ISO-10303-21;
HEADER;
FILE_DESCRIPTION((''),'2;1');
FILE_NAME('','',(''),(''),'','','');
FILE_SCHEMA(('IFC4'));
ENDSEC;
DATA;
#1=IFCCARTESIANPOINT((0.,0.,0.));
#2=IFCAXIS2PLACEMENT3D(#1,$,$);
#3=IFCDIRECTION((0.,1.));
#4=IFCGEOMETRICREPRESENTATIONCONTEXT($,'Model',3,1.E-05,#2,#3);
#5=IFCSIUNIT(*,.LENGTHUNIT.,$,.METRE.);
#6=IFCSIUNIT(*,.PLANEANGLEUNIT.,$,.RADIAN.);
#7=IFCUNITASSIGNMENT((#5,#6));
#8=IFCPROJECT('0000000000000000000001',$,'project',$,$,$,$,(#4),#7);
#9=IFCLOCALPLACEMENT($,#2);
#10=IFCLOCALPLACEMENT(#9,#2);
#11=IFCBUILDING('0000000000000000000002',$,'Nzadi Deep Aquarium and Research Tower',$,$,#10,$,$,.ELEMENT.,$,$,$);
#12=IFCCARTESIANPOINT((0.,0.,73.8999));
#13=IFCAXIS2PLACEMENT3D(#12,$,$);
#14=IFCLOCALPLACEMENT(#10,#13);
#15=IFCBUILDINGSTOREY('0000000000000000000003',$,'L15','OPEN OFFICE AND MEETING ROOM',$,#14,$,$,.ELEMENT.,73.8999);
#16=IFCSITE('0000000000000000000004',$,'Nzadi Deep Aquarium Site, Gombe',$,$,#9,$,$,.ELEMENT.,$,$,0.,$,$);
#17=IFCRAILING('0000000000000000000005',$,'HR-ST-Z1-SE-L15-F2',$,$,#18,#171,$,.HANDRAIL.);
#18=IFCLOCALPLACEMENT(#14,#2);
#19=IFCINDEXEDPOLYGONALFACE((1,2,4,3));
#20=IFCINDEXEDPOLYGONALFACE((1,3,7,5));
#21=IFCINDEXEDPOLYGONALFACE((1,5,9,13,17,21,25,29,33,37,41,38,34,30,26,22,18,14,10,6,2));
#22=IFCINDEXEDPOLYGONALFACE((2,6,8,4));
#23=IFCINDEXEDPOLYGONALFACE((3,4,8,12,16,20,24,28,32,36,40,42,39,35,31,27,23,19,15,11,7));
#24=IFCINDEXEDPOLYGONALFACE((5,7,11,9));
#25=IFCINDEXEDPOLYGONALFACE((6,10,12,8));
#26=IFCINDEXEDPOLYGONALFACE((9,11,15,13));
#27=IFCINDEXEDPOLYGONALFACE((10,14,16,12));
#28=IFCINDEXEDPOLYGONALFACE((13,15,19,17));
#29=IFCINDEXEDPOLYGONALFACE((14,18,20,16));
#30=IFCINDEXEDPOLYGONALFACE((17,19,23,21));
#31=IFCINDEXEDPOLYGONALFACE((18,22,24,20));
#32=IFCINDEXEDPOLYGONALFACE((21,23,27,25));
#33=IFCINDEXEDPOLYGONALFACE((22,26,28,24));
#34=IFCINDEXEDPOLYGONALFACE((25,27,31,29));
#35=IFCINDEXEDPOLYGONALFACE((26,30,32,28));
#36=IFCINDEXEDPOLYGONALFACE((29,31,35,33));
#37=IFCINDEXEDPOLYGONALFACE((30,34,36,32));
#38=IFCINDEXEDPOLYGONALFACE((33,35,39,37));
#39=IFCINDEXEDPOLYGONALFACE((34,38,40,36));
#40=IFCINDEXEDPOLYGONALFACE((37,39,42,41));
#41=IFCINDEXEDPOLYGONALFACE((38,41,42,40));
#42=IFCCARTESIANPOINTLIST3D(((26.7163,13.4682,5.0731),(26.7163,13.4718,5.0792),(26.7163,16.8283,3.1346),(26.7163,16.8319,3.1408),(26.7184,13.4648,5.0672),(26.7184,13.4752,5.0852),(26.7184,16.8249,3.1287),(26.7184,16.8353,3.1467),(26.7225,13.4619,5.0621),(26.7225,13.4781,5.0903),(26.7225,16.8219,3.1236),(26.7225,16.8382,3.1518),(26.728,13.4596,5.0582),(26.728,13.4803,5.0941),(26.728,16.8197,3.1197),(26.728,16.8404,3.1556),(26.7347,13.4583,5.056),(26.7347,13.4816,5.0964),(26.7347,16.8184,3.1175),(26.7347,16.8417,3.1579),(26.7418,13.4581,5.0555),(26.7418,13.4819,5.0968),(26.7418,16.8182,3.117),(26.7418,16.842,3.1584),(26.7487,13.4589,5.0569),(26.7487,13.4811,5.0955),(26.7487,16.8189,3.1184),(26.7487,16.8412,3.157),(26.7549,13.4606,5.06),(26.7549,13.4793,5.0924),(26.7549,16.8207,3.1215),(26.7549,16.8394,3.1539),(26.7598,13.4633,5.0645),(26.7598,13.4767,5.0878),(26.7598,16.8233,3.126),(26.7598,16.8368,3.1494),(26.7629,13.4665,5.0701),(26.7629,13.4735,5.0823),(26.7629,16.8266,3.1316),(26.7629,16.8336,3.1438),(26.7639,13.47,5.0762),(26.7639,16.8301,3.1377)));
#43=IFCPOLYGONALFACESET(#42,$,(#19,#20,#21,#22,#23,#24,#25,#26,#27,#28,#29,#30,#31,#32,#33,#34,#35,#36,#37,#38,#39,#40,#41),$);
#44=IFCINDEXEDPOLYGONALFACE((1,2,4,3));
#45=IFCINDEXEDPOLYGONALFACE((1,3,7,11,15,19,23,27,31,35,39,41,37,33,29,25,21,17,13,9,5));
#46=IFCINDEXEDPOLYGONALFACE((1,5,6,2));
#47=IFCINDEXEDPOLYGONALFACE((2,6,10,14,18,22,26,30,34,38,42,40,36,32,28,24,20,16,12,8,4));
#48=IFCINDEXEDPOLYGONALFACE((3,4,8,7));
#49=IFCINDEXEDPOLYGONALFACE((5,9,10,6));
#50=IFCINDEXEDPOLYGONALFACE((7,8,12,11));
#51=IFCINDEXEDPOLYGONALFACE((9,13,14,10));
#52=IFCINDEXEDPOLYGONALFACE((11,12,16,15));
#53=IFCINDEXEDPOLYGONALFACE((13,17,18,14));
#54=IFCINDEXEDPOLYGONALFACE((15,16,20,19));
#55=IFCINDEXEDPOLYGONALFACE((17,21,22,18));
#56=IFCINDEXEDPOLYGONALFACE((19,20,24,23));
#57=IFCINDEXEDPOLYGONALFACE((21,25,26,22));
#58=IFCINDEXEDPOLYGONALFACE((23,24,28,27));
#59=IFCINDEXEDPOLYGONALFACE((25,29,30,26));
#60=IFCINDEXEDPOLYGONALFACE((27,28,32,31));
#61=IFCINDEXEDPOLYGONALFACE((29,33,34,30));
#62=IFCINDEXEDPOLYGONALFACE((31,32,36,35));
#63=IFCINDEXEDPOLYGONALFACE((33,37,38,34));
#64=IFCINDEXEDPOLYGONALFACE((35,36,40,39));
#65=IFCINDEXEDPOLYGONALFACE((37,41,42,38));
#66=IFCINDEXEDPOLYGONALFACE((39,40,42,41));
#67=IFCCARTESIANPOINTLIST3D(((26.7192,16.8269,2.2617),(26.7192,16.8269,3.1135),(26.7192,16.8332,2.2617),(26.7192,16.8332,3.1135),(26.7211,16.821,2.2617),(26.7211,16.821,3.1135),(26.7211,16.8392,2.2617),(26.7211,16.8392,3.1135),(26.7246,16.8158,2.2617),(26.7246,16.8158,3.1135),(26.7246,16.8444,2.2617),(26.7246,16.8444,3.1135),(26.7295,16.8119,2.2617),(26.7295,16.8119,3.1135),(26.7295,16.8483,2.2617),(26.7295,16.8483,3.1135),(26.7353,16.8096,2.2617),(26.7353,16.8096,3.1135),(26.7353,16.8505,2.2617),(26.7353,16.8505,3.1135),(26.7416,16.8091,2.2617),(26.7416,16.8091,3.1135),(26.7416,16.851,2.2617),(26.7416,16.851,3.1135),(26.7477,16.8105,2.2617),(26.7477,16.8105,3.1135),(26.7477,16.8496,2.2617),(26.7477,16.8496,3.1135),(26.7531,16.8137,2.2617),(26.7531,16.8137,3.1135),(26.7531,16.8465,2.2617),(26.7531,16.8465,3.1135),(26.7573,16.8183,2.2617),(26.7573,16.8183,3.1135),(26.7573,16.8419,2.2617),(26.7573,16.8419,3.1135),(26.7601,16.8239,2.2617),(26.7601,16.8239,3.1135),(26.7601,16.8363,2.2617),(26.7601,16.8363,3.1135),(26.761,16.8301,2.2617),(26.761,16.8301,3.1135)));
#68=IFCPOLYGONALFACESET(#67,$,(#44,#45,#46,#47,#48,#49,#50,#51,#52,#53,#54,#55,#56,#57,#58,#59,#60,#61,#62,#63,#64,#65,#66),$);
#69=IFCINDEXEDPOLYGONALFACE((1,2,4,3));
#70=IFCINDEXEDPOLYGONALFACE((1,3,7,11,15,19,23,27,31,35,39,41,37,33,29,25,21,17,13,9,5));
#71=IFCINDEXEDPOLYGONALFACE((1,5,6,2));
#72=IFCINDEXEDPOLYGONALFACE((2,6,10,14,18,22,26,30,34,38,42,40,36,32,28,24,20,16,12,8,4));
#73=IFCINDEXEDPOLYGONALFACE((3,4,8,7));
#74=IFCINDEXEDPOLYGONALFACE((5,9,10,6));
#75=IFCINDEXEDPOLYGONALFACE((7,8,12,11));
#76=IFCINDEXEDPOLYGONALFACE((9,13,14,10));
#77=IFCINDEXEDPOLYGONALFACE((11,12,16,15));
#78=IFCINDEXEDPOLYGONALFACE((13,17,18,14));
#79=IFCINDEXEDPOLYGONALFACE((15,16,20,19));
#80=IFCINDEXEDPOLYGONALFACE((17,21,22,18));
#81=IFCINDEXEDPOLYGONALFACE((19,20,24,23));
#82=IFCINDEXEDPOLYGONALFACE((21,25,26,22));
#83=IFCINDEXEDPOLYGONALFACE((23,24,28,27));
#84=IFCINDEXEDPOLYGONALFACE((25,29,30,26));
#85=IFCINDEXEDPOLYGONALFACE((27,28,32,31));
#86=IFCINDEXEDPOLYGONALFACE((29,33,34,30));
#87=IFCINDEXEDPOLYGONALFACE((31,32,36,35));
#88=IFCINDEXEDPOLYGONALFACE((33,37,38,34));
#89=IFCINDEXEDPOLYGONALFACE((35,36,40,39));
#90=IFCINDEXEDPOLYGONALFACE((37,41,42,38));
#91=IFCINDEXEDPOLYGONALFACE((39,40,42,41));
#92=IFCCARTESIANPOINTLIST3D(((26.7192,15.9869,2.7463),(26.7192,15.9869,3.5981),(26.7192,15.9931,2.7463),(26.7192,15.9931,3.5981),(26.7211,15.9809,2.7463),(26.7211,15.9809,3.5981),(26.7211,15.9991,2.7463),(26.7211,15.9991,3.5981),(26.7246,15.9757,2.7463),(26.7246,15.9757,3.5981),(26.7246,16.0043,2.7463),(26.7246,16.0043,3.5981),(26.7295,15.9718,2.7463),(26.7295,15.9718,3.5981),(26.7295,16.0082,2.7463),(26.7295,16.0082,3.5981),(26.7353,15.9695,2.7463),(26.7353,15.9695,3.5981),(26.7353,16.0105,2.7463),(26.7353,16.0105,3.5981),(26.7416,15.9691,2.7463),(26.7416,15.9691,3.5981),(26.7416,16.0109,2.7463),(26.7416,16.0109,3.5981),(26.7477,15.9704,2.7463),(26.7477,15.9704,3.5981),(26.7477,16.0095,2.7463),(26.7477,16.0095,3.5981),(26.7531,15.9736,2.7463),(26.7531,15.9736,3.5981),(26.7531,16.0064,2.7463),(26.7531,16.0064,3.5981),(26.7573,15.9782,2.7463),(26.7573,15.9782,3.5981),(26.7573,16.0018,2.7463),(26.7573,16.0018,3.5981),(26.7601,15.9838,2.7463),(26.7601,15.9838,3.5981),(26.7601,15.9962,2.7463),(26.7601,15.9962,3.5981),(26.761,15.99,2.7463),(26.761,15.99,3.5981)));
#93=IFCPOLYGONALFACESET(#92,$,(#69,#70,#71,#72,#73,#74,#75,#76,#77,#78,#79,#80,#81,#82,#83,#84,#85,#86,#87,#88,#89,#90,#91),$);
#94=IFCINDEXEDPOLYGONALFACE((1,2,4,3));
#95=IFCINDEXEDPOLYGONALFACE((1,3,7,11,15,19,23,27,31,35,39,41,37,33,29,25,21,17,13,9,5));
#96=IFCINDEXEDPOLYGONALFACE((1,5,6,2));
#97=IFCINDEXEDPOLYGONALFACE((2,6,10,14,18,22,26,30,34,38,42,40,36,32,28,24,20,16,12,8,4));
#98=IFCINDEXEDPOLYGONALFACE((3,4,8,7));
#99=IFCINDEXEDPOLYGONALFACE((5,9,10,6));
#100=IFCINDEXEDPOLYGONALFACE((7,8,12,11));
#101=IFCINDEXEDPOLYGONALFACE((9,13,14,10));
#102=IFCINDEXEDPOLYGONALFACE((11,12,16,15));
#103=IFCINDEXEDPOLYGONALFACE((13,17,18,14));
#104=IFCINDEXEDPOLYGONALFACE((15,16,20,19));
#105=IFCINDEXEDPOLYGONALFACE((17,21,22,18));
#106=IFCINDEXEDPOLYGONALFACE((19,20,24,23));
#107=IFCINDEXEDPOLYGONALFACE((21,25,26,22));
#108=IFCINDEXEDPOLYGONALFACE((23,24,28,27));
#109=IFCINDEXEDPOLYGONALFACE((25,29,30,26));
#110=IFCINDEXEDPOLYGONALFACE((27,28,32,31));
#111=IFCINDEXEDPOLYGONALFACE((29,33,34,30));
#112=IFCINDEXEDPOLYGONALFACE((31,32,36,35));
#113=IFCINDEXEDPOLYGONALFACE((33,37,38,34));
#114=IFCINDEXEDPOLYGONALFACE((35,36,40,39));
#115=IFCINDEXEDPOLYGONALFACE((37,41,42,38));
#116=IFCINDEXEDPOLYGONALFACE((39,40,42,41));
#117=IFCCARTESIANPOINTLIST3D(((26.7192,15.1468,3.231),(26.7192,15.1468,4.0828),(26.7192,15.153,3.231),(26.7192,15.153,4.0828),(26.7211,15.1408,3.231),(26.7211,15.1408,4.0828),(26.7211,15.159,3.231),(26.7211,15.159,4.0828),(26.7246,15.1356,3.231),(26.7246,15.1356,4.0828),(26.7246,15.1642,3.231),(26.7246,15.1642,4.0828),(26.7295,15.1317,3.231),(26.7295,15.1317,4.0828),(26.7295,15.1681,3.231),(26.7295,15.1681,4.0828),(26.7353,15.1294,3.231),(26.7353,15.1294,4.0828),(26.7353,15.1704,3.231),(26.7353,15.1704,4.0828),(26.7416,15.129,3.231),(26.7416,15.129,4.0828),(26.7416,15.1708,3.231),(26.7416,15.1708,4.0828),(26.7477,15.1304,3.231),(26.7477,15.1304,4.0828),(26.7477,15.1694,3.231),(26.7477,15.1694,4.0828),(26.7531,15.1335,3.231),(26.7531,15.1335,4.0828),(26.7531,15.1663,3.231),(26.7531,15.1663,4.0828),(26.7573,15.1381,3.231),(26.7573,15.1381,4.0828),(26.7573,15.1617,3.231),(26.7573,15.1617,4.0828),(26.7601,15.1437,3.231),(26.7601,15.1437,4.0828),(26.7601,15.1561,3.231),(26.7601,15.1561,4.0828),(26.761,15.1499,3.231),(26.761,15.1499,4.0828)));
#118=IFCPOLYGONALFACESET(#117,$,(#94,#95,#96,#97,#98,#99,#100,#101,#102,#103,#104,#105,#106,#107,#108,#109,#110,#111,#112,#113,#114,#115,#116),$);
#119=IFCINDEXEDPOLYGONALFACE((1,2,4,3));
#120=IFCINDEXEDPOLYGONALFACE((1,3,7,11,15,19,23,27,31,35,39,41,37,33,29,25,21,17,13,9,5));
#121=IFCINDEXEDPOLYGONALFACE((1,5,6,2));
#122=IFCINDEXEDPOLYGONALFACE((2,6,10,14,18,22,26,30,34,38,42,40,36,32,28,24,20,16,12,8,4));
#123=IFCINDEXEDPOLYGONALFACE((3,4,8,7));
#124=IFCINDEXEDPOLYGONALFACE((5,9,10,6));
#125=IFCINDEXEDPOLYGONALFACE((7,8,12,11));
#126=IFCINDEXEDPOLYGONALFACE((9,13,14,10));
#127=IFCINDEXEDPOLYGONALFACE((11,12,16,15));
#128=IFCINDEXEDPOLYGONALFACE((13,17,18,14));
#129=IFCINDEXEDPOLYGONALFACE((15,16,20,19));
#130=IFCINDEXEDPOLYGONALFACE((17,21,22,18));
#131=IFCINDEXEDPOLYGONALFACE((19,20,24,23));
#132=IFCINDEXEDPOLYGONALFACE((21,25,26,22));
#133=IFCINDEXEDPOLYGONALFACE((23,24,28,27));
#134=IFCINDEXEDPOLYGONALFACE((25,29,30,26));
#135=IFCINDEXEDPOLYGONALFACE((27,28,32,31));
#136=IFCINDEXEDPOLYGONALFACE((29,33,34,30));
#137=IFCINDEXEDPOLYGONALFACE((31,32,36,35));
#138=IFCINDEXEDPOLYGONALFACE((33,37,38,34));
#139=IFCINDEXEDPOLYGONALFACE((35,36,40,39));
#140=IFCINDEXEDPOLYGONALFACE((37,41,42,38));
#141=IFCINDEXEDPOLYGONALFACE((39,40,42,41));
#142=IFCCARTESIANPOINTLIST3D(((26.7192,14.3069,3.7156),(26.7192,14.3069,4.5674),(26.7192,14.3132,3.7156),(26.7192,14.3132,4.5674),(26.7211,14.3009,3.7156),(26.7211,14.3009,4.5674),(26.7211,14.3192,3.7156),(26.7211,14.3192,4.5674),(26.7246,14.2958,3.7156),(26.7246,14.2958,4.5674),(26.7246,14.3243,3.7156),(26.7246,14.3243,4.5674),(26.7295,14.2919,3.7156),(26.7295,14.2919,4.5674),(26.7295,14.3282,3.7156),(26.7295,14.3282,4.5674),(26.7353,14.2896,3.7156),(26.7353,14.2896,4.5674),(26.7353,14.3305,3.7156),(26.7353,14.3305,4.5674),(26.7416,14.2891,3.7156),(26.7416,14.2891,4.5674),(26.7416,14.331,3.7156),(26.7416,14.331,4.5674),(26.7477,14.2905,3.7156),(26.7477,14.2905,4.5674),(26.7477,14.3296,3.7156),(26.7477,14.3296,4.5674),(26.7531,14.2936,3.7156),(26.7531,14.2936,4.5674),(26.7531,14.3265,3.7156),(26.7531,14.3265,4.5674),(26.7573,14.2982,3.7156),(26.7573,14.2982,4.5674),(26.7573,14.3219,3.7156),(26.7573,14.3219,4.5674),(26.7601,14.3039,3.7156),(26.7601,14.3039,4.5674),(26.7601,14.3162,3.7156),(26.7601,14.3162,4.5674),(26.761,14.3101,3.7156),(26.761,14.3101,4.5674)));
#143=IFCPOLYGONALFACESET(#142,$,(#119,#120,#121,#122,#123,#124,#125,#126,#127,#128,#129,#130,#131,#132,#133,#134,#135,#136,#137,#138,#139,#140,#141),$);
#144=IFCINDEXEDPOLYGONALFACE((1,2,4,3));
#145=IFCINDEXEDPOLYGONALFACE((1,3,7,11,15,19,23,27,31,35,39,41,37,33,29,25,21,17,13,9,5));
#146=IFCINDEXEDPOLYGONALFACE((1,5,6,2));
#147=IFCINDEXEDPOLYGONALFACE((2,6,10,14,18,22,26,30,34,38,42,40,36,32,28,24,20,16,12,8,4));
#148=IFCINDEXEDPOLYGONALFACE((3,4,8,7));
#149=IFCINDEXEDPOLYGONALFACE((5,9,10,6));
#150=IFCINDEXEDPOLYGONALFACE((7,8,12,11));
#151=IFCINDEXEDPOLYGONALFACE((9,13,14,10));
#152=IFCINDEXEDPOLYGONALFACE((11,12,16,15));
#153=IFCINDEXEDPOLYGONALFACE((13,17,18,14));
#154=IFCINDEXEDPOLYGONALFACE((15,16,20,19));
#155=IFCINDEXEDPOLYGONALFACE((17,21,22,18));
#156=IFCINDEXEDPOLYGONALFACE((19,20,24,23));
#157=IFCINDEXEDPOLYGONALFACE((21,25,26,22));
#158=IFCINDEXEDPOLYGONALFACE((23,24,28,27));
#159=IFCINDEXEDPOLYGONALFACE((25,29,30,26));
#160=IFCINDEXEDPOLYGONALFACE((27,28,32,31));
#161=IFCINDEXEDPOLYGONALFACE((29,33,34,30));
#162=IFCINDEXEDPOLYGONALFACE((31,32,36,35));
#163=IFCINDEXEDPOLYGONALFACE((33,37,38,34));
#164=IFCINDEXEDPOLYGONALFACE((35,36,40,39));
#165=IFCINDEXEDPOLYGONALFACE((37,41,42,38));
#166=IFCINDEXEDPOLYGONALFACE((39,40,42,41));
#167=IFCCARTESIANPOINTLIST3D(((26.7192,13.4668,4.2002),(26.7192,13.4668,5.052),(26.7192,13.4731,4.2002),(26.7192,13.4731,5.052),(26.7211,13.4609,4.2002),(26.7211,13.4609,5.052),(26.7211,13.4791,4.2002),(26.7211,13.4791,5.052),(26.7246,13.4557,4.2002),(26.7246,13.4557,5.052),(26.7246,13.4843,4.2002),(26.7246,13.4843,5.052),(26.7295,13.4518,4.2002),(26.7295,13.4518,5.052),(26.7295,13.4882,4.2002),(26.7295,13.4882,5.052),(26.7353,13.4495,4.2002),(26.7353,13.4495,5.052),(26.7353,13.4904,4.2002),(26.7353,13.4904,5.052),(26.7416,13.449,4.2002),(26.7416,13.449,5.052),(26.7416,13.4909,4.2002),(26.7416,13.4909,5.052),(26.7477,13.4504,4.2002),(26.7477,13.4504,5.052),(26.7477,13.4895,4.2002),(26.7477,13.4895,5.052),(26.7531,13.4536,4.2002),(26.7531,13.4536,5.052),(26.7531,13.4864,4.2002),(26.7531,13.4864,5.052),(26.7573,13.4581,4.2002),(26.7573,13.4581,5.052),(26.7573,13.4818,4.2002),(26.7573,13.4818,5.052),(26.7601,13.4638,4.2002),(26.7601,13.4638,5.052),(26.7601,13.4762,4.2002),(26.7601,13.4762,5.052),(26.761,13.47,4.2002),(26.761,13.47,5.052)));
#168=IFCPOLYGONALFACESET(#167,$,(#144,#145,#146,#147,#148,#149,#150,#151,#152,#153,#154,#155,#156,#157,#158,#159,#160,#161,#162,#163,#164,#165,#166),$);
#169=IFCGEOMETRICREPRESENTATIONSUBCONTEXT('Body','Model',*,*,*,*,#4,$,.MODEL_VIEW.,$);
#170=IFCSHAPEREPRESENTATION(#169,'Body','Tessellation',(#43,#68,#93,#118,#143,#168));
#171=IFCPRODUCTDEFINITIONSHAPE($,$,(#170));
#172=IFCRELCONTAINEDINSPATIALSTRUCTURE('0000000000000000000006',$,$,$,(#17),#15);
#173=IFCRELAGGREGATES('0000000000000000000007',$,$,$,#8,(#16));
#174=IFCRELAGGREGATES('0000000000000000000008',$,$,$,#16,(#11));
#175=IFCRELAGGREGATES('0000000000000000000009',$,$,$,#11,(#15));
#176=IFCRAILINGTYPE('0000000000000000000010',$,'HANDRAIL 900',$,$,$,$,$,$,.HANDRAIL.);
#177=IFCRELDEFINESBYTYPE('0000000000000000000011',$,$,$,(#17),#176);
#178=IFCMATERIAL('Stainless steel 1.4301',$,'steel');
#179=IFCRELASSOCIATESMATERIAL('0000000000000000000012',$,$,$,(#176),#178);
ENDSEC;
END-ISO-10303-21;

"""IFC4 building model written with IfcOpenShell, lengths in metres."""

from ifc_helpers import new_model, si_unit, direction, frame, origin, origin_2d, place, context, subcontext, project, spatial, circle, extrude, material, type_object, element, save


model = new_model("IFC4")

# Units and contexts
model_context = context("Model", 3, precision=1e-05, world=origin(), true_north=direction((0.0, 1.0)))
body_context = subcontext(model_context, "Body", "Model", "MODEL_VIEW")
ifc_project = project(units=[si_unit("LENGTHUNIT", "METRE"), si_unit("PLANEANGLEUNIT", "RADIAN")], contexts=[model_context])

# Site, building, storey
site_placement = place(None, origin())
site = spatial("IfcSite", under=ifc_project, at=site_placement, Name="Nzadi Deep Aquarium Site, Gombe", CompositionType="ELEMENT", RefElevation=0.0)
building_placement = place(site_placement, origin())
building = spatial("IfcBuilding", under=site, at=building_placement, Name="Nzadi Deep Aquarium and Research Tower", CompositionType="ELEMENT")
storey_placement = place(building_placement, frame((0.0, 0.0, 73.8999)))
storey = spatial("IfcBuildingStorey", under=building, at=storey_placement, Name="L15", Description="OPEN OFFICE AND MEETING ROOM", CompositionType="ELEMENT", Elevation=73.8999)

# Railing
ifc_material_1 = material(Name="Stainless steel 1.4301", Category="steel")
railing_type = type_object("IfcRailingType", Name="HANDRAIL 900", PredefinedType="HANDRAIL", material=ifc_material_1)
for number, where, name in (
    (1, (26.74, 16.8301, 2.2617), "HR-ST-Z1-SE-L15-F2"),
):
    element("IfcRailing", number, at=place(storey_placement, frame(where)), inside=storey, type_object=railing_type, Name=name, PredefinedType="HANDRAIL", context=body_context, shape_type="SweptSolid", body=[
        extrude(circle(Radius=0.0239, at=origin_2d()), frame((0.0, 0.0, 0.876), z_axis=(0.0, -0.866191, 0.499713), x_axis=(1.0, 0.0, 0.0)), (0.0, 0.0, 1.0), 3.8792),
        extrude(circle(Radius=0.021, at=origin_2d()), origin(), (0.0, 0.0, 1.0), 0.8518),
        extrude(circle(Radius=0.021, at=origin_2d()), frame((0.0, -0.8401, 0.4846)), (0.0, 0.0, 1.0), 0.8518),
        extrude(circle(Radius=0.021, at=origin_2d()), frame((0.0, -1.6802, 0.9692)), (0.0, 0.0, 1.0), 0.8518),
        extrude(circle(Radius=0.021, at=origin_2d()), frame((0.0, -2.52, 1.4539)), (0.0, 0.0, 1.0), 0.8518),
        extrude(circle(Radius=0.021, at=origin_2d()), frame((0.0, -3.3601, 1.9385)), (0.0, 0.0, 1.0), 0.8518),
    ])

save(model, "model.ifc")
